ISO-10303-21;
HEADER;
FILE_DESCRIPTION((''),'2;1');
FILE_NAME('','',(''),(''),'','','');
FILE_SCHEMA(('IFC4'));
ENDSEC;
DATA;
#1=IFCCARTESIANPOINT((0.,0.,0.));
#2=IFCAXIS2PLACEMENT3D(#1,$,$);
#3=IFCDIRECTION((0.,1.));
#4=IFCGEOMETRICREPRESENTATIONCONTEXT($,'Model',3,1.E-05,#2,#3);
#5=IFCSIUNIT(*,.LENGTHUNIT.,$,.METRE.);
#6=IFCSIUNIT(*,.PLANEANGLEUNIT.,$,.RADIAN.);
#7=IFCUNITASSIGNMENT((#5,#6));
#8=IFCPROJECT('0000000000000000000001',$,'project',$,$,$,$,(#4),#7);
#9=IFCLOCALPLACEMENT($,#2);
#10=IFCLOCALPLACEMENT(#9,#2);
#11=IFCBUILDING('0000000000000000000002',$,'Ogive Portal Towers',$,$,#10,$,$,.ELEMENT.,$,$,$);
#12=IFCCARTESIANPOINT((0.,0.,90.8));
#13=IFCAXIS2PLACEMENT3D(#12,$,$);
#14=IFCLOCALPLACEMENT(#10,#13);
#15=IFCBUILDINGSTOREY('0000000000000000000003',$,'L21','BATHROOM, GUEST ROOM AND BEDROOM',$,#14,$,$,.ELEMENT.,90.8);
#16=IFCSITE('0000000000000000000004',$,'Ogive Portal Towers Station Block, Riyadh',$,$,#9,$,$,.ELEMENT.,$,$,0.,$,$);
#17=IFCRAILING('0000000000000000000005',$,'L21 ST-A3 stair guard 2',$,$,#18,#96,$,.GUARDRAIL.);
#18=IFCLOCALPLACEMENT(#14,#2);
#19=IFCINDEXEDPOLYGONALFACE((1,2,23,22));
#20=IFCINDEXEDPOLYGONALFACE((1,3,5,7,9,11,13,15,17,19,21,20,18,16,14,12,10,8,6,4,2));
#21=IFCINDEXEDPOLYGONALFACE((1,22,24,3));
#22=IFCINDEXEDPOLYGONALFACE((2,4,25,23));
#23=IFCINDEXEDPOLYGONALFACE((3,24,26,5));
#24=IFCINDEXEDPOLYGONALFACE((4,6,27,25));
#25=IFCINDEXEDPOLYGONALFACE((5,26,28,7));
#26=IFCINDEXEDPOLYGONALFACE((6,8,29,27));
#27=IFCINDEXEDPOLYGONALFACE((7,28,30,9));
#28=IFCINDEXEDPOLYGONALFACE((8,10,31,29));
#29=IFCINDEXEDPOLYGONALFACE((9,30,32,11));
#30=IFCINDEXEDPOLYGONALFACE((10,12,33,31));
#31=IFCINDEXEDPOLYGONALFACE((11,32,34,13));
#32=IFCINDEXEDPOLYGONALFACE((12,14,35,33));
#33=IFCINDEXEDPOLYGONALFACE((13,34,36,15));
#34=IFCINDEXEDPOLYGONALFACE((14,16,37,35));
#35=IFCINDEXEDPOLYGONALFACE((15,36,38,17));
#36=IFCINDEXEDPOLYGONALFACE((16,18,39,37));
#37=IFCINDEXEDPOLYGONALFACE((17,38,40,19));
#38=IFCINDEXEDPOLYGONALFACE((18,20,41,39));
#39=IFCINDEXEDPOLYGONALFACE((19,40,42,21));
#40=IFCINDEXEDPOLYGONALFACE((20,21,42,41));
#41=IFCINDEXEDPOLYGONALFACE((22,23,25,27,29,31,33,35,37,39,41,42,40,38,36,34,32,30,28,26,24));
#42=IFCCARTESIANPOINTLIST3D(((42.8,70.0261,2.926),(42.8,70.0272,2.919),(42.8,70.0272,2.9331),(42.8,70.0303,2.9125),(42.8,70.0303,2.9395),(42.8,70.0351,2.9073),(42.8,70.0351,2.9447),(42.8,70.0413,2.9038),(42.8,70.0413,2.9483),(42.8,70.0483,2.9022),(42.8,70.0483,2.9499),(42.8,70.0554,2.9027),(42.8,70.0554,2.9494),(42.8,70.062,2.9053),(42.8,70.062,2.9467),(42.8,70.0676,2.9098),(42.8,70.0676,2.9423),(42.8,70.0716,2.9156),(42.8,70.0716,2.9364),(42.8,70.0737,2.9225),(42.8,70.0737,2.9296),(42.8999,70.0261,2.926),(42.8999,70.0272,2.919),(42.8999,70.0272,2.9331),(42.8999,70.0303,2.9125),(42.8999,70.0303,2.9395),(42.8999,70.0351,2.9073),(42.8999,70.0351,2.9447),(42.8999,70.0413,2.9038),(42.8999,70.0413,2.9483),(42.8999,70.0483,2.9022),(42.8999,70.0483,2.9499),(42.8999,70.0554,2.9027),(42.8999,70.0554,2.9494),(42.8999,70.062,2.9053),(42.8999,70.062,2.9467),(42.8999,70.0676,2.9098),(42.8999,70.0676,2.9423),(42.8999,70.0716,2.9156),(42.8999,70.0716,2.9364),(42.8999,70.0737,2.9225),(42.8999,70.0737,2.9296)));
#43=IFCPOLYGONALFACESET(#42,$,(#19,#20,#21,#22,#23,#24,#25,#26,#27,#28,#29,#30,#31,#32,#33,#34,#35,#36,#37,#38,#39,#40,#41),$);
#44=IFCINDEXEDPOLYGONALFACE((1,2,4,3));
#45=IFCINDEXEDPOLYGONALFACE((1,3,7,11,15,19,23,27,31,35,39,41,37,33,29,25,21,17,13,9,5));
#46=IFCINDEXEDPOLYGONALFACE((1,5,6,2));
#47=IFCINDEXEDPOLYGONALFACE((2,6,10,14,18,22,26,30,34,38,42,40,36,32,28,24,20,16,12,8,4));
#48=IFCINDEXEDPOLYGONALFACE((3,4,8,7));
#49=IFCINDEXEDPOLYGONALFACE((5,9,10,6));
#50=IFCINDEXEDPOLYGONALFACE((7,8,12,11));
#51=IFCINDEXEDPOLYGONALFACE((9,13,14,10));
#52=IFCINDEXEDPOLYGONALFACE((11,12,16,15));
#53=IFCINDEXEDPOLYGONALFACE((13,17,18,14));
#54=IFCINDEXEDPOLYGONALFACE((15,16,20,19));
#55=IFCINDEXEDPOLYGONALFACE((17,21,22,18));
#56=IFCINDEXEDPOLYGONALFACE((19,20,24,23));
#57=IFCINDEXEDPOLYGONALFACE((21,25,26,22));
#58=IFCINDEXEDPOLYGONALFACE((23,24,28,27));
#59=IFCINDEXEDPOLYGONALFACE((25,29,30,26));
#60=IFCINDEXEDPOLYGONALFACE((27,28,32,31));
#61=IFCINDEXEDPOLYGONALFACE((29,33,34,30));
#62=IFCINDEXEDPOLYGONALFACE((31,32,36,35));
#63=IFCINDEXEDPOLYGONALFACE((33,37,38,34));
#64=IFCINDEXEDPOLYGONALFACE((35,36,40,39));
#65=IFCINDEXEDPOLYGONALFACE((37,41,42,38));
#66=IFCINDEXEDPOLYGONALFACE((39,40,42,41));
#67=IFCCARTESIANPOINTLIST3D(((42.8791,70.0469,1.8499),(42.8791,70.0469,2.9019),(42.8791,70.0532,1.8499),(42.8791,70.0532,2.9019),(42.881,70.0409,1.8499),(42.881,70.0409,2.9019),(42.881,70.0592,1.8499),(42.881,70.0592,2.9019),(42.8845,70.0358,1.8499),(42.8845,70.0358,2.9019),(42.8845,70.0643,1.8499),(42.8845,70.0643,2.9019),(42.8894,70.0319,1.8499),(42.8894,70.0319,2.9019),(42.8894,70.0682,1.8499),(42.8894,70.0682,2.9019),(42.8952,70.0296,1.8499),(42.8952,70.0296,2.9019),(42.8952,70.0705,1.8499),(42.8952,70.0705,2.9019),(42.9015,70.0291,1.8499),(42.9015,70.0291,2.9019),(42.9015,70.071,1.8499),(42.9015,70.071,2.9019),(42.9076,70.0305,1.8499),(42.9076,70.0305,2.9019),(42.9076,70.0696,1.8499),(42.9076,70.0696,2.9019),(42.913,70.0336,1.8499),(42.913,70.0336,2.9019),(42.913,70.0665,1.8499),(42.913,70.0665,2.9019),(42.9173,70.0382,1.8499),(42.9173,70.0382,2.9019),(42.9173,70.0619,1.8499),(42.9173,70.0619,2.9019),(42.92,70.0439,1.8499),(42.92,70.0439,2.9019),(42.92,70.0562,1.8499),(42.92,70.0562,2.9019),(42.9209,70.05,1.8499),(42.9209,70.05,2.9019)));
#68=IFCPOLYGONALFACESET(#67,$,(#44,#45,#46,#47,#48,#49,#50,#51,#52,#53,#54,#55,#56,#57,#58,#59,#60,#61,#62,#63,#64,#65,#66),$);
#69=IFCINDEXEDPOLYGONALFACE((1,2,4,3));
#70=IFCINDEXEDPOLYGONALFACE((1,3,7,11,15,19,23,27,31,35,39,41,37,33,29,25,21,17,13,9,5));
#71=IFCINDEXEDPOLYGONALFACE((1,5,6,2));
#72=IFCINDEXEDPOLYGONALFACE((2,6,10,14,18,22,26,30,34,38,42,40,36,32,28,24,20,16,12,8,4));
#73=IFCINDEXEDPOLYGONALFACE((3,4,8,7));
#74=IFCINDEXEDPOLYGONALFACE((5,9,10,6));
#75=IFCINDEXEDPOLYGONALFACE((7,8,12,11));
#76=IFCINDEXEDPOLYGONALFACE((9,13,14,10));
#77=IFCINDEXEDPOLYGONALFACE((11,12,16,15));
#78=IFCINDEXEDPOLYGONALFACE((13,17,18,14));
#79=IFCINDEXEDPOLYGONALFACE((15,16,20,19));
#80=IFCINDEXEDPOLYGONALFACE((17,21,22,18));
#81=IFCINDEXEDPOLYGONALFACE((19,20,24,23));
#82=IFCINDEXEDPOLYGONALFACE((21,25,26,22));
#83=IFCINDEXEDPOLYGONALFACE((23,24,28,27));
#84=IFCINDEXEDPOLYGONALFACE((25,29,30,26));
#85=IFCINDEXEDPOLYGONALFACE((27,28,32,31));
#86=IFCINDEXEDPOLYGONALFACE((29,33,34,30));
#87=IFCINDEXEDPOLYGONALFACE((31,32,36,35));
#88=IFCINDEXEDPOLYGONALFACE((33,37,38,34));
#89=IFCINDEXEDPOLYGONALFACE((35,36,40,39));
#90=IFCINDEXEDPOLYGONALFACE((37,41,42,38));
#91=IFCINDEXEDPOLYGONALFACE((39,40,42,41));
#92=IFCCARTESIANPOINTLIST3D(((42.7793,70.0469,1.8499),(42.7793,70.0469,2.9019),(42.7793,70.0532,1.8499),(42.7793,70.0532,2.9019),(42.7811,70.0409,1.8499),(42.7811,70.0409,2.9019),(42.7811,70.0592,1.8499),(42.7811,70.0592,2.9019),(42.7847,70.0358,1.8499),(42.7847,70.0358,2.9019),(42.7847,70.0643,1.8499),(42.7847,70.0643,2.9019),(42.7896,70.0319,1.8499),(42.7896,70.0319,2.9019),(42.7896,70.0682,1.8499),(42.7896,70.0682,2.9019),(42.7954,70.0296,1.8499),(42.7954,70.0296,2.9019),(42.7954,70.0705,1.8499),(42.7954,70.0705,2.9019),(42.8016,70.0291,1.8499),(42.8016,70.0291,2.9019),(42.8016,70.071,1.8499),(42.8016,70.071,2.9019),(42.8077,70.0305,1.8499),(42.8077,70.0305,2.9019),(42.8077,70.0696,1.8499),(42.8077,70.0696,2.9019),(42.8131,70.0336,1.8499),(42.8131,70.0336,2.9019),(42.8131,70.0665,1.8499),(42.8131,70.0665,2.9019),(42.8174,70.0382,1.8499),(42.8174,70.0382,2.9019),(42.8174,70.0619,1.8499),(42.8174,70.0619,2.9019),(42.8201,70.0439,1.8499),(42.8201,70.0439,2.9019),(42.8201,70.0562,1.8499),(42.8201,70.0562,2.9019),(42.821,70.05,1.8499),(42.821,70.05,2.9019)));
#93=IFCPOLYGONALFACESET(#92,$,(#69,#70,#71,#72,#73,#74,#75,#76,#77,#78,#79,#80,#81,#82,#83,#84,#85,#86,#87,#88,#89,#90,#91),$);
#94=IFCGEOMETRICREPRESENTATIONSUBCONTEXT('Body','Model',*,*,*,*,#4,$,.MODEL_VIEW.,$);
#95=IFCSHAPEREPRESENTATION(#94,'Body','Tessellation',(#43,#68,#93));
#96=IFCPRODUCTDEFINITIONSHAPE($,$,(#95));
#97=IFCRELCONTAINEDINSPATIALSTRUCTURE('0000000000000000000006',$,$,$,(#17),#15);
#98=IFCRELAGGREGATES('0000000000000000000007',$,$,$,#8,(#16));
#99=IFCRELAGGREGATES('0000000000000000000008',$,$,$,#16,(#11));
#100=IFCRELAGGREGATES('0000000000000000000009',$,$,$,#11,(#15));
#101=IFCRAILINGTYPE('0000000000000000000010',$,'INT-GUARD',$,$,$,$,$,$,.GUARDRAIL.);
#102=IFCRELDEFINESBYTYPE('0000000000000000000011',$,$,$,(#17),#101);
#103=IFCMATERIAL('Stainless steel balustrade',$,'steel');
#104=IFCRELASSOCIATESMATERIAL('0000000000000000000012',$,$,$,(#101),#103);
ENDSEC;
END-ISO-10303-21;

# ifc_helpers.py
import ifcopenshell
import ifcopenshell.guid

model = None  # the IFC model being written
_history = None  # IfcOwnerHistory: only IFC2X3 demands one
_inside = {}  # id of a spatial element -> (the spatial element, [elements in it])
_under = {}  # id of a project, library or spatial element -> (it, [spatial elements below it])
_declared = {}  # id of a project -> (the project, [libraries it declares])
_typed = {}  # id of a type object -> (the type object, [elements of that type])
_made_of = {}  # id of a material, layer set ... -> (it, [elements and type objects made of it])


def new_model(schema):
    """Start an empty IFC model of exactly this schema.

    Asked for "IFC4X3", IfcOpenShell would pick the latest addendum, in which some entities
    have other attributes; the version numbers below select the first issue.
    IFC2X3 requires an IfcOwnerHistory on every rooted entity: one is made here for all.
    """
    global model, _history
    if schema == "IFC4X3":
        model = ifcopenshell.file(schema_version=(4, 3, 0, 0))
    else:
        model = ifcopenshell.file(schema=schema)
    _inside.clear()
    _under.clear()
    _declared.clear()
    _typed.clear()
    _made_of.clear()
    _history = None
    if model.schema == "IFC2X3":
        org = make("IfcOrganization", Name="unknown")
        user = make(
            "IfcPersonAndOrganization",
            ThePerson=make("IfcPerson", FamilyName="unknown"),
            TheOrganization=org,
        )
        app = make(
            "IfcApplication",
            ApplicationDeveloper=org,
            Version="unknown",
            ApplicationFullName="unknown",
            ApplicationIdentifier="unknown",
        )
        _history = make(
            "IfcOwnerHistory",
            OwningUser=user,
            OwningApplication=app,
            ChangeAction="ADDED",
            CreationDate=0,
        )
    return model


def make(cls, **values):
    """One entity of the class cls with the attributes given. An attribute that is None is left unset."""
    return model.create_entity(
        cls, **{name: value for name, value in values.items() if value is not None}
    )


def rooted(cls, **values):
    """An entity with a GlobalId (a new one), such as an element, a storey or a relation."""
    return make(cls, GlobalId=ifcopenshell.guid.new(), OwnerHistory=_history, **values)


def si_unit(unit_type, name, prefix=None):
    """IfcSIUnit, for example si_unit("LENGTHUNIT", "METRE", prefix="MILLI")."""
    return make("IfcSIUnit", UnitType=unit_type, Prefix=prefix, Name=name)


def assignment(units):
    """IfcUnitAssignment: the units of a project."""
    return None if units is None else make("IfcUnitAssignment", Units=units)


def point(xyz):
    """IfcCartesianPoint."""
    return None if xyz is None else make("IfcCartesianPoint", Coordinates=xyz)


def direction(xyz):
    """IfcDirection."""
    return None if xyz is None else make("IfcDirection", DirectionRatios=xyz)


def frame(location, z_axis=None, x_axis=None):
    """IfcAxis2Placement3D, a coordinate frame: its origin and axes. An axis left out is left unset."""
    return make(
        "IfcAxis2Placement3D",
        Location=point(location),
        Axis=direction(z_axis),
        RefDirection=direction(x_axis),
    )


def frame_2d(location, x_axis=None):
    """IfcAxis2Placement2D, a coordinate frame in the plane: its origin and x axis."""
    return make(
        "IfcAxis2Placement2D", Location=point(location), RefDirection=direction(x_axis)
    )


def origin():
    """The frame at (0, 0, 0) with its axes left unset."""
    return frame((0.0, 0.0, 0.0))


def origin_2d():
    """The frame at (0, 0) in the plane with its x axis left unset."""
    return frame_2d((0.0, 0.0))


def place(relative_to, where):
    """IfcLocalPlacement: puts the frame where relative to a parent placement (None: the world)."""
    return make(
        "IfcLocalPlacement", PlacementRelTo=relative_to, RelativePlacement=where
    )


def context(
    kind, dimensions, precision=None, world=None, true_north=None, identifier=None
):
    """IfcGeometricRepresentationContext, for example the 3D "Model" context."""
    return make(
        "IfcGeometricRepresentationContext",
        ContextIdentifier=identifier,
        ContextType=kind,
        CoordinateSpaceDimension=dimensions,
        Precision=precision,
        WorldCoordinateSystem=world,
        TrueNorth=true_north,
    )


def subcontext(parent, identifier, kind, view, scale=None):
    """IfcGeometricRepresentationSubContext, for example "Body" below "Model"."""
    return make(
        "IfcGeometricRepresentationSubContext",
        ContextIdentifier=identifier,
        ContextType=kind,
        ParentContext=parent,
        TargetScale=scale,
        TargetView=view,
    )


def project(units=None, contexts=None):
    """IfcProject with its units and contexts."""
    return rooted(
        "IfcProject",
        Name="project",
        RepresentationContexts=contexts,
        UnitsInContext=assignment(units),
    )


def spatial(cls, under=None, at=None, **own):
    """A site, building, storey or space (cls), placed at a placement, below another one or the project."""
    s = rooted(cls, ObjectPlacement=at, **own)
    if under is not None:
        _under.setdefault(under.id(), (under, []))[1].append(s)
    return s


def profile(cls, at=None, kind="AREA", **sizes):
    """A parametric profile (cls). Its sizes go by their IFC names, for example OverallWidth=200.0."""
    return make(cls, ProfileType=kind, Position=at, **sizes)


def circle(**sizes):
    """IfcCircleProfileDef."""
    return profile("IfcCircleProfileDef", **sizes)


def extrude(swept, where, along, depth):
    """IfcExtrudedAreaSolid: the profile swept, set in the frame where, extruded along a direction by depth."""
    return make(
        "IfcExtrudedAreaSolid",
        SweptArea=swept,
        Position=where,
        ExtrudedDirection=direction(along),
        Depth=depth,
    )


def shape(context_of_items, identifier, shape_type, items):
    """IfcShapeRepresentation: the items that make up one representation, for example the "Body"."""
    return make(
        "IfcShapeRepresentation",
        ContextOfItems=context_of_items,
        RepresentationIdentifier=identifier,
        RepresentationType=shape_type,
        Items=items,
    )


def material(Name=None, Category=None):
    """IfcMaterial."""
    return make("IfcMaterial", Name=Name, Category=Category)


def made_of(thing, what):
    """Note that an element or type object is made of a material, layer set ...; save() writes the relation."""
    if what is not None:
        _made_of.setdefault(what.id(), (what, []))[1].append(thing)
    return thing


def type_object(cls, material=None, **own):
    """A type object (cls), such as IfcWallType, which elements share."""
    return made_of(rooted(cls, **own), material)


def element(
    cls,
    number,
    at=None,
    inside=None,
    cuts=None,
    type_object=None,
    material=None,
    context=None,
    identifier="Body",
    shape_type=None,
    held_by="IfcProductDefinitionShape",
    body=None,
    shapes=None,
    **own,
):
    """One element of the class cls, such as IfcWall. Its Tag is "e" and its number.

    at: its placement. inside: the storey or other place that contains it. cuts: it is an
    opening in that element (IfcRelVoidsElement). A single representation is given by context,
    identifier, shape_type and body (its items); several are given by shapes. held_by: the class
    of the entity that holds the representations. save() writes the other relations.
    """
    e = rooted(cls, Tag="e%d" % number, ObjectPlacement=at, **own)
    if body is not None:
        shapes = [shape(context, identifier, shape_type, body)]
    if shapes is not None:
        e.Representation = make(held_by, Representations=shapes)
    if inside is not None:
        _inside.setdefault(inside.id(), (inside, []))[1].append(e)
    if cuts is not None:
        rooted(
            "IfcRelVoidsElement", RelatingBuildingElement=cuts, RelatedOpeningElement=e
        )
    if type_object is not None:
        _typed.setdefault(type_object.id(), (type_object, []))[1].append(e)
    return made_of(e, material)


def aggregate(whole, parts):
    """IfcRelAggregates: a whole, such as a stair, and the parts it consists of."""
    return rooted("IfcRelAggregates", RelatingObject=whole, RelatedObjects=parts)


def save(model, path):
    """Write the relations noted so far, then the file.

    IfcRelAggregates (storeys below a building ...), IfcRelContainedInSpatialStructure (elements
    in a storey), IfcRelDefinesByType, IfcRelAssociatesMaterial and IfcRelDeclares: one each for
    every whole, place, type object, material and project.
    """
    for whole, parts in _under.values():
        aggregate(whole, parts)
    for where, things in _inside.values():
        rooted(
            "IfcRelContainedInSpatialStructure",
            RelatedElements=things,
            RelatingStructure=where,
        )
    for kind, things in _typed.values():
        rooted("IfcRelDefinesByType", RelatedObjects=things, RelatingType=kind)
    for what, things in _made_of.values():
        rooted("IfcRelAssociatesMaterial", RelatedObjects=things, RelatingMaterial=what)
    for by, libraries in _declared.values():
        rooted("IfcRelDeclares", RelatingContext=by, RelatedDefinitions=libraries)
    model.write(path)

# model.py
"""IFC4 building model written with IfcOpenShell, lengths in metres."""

from ifc_helpers import new_model, si_unit, direction, frame, origin, origin_2d, place, context, subcontext, project, spatial, circle, extrude, material, type_object, element, save


model = new_model("IFC4")

# Units and contexts
model_context = context("Model", 3, precision=1e-05, world=origin(), true_north=direction((0.0, 1.0)))
body_context = subcontext(model_context, "Body", "Model", "MODEL_VIEW")
ifc_project = project(units=[si_unit("LENGTHUNIT", "METRE"), si_unit("PLANEANGLEUNIT", "RADIAN")], contexts=[model_context])

# Site, building, storey
site_placement = place(None, origin())
site = spatial("IfcSite", under=ifc_project, at=site_placement, Name="Ogive Portal Towers Station Block, Riyadh", CompositionType="ELEMENT", RefElevation=0.0)
building_placement = place(site_placement, origin())
building = spatial("IfcBuilding", under=site, at=building_placement, Name="Ogive Portal Towers", CompositionType="ELEMENT")
storey_placement = place(building_placement, frame((0.0, 0.0, 90.8)))
storey = spatial("IfcBuildingStorey", under=building, at=storey_placement, Name="L21", Description="BATHROOM, GUEST ROOM AND BEDROOM", CompositionType="ELEMENT", Elevation=90.8)

# Railing
ifc_material_1 = material(Name="Stainless steel balustrade", Category="steel")
railing_type_1 = type_object("IfcRailingType", Name="INT-GUARD", PredefinedType="GUARDRAIL", material=ifc_material_1)
railing_1_placement = place(storey_placement, frame((42.8999, 70.05, 1.8499)))
element("IfcRailing", 1, at=railing_1_placement, inside=storey, type_object=railing_type_1, Name="L21 ST-A3 stair guard 2", PredefinedType="GUARDRAIL", context=body_context, shape_type="SweptSolid", body=[
    extrude(circle(Radius=0.0239, at=origin_2d()), frame((0.0, 0.0, 1.0762), z_axis=(-1.0, 0.0, 0.0), x_axis=(0.0, -1.0, 0.0)), (0.0, 0.0, 1.0), 0.0999),
    extrude(circle(Radius=0.021, at=origin_2d()), origin(), (0.0, 0.0, 1.0), 1.052),
    extrude(circle(Radius=0.021, at=origin_2d()), frame((-0.0999, 0.0, 0.0)), (0.0, 0.0, 1.0), 1.052),
])

save(model, "model.ifc")
